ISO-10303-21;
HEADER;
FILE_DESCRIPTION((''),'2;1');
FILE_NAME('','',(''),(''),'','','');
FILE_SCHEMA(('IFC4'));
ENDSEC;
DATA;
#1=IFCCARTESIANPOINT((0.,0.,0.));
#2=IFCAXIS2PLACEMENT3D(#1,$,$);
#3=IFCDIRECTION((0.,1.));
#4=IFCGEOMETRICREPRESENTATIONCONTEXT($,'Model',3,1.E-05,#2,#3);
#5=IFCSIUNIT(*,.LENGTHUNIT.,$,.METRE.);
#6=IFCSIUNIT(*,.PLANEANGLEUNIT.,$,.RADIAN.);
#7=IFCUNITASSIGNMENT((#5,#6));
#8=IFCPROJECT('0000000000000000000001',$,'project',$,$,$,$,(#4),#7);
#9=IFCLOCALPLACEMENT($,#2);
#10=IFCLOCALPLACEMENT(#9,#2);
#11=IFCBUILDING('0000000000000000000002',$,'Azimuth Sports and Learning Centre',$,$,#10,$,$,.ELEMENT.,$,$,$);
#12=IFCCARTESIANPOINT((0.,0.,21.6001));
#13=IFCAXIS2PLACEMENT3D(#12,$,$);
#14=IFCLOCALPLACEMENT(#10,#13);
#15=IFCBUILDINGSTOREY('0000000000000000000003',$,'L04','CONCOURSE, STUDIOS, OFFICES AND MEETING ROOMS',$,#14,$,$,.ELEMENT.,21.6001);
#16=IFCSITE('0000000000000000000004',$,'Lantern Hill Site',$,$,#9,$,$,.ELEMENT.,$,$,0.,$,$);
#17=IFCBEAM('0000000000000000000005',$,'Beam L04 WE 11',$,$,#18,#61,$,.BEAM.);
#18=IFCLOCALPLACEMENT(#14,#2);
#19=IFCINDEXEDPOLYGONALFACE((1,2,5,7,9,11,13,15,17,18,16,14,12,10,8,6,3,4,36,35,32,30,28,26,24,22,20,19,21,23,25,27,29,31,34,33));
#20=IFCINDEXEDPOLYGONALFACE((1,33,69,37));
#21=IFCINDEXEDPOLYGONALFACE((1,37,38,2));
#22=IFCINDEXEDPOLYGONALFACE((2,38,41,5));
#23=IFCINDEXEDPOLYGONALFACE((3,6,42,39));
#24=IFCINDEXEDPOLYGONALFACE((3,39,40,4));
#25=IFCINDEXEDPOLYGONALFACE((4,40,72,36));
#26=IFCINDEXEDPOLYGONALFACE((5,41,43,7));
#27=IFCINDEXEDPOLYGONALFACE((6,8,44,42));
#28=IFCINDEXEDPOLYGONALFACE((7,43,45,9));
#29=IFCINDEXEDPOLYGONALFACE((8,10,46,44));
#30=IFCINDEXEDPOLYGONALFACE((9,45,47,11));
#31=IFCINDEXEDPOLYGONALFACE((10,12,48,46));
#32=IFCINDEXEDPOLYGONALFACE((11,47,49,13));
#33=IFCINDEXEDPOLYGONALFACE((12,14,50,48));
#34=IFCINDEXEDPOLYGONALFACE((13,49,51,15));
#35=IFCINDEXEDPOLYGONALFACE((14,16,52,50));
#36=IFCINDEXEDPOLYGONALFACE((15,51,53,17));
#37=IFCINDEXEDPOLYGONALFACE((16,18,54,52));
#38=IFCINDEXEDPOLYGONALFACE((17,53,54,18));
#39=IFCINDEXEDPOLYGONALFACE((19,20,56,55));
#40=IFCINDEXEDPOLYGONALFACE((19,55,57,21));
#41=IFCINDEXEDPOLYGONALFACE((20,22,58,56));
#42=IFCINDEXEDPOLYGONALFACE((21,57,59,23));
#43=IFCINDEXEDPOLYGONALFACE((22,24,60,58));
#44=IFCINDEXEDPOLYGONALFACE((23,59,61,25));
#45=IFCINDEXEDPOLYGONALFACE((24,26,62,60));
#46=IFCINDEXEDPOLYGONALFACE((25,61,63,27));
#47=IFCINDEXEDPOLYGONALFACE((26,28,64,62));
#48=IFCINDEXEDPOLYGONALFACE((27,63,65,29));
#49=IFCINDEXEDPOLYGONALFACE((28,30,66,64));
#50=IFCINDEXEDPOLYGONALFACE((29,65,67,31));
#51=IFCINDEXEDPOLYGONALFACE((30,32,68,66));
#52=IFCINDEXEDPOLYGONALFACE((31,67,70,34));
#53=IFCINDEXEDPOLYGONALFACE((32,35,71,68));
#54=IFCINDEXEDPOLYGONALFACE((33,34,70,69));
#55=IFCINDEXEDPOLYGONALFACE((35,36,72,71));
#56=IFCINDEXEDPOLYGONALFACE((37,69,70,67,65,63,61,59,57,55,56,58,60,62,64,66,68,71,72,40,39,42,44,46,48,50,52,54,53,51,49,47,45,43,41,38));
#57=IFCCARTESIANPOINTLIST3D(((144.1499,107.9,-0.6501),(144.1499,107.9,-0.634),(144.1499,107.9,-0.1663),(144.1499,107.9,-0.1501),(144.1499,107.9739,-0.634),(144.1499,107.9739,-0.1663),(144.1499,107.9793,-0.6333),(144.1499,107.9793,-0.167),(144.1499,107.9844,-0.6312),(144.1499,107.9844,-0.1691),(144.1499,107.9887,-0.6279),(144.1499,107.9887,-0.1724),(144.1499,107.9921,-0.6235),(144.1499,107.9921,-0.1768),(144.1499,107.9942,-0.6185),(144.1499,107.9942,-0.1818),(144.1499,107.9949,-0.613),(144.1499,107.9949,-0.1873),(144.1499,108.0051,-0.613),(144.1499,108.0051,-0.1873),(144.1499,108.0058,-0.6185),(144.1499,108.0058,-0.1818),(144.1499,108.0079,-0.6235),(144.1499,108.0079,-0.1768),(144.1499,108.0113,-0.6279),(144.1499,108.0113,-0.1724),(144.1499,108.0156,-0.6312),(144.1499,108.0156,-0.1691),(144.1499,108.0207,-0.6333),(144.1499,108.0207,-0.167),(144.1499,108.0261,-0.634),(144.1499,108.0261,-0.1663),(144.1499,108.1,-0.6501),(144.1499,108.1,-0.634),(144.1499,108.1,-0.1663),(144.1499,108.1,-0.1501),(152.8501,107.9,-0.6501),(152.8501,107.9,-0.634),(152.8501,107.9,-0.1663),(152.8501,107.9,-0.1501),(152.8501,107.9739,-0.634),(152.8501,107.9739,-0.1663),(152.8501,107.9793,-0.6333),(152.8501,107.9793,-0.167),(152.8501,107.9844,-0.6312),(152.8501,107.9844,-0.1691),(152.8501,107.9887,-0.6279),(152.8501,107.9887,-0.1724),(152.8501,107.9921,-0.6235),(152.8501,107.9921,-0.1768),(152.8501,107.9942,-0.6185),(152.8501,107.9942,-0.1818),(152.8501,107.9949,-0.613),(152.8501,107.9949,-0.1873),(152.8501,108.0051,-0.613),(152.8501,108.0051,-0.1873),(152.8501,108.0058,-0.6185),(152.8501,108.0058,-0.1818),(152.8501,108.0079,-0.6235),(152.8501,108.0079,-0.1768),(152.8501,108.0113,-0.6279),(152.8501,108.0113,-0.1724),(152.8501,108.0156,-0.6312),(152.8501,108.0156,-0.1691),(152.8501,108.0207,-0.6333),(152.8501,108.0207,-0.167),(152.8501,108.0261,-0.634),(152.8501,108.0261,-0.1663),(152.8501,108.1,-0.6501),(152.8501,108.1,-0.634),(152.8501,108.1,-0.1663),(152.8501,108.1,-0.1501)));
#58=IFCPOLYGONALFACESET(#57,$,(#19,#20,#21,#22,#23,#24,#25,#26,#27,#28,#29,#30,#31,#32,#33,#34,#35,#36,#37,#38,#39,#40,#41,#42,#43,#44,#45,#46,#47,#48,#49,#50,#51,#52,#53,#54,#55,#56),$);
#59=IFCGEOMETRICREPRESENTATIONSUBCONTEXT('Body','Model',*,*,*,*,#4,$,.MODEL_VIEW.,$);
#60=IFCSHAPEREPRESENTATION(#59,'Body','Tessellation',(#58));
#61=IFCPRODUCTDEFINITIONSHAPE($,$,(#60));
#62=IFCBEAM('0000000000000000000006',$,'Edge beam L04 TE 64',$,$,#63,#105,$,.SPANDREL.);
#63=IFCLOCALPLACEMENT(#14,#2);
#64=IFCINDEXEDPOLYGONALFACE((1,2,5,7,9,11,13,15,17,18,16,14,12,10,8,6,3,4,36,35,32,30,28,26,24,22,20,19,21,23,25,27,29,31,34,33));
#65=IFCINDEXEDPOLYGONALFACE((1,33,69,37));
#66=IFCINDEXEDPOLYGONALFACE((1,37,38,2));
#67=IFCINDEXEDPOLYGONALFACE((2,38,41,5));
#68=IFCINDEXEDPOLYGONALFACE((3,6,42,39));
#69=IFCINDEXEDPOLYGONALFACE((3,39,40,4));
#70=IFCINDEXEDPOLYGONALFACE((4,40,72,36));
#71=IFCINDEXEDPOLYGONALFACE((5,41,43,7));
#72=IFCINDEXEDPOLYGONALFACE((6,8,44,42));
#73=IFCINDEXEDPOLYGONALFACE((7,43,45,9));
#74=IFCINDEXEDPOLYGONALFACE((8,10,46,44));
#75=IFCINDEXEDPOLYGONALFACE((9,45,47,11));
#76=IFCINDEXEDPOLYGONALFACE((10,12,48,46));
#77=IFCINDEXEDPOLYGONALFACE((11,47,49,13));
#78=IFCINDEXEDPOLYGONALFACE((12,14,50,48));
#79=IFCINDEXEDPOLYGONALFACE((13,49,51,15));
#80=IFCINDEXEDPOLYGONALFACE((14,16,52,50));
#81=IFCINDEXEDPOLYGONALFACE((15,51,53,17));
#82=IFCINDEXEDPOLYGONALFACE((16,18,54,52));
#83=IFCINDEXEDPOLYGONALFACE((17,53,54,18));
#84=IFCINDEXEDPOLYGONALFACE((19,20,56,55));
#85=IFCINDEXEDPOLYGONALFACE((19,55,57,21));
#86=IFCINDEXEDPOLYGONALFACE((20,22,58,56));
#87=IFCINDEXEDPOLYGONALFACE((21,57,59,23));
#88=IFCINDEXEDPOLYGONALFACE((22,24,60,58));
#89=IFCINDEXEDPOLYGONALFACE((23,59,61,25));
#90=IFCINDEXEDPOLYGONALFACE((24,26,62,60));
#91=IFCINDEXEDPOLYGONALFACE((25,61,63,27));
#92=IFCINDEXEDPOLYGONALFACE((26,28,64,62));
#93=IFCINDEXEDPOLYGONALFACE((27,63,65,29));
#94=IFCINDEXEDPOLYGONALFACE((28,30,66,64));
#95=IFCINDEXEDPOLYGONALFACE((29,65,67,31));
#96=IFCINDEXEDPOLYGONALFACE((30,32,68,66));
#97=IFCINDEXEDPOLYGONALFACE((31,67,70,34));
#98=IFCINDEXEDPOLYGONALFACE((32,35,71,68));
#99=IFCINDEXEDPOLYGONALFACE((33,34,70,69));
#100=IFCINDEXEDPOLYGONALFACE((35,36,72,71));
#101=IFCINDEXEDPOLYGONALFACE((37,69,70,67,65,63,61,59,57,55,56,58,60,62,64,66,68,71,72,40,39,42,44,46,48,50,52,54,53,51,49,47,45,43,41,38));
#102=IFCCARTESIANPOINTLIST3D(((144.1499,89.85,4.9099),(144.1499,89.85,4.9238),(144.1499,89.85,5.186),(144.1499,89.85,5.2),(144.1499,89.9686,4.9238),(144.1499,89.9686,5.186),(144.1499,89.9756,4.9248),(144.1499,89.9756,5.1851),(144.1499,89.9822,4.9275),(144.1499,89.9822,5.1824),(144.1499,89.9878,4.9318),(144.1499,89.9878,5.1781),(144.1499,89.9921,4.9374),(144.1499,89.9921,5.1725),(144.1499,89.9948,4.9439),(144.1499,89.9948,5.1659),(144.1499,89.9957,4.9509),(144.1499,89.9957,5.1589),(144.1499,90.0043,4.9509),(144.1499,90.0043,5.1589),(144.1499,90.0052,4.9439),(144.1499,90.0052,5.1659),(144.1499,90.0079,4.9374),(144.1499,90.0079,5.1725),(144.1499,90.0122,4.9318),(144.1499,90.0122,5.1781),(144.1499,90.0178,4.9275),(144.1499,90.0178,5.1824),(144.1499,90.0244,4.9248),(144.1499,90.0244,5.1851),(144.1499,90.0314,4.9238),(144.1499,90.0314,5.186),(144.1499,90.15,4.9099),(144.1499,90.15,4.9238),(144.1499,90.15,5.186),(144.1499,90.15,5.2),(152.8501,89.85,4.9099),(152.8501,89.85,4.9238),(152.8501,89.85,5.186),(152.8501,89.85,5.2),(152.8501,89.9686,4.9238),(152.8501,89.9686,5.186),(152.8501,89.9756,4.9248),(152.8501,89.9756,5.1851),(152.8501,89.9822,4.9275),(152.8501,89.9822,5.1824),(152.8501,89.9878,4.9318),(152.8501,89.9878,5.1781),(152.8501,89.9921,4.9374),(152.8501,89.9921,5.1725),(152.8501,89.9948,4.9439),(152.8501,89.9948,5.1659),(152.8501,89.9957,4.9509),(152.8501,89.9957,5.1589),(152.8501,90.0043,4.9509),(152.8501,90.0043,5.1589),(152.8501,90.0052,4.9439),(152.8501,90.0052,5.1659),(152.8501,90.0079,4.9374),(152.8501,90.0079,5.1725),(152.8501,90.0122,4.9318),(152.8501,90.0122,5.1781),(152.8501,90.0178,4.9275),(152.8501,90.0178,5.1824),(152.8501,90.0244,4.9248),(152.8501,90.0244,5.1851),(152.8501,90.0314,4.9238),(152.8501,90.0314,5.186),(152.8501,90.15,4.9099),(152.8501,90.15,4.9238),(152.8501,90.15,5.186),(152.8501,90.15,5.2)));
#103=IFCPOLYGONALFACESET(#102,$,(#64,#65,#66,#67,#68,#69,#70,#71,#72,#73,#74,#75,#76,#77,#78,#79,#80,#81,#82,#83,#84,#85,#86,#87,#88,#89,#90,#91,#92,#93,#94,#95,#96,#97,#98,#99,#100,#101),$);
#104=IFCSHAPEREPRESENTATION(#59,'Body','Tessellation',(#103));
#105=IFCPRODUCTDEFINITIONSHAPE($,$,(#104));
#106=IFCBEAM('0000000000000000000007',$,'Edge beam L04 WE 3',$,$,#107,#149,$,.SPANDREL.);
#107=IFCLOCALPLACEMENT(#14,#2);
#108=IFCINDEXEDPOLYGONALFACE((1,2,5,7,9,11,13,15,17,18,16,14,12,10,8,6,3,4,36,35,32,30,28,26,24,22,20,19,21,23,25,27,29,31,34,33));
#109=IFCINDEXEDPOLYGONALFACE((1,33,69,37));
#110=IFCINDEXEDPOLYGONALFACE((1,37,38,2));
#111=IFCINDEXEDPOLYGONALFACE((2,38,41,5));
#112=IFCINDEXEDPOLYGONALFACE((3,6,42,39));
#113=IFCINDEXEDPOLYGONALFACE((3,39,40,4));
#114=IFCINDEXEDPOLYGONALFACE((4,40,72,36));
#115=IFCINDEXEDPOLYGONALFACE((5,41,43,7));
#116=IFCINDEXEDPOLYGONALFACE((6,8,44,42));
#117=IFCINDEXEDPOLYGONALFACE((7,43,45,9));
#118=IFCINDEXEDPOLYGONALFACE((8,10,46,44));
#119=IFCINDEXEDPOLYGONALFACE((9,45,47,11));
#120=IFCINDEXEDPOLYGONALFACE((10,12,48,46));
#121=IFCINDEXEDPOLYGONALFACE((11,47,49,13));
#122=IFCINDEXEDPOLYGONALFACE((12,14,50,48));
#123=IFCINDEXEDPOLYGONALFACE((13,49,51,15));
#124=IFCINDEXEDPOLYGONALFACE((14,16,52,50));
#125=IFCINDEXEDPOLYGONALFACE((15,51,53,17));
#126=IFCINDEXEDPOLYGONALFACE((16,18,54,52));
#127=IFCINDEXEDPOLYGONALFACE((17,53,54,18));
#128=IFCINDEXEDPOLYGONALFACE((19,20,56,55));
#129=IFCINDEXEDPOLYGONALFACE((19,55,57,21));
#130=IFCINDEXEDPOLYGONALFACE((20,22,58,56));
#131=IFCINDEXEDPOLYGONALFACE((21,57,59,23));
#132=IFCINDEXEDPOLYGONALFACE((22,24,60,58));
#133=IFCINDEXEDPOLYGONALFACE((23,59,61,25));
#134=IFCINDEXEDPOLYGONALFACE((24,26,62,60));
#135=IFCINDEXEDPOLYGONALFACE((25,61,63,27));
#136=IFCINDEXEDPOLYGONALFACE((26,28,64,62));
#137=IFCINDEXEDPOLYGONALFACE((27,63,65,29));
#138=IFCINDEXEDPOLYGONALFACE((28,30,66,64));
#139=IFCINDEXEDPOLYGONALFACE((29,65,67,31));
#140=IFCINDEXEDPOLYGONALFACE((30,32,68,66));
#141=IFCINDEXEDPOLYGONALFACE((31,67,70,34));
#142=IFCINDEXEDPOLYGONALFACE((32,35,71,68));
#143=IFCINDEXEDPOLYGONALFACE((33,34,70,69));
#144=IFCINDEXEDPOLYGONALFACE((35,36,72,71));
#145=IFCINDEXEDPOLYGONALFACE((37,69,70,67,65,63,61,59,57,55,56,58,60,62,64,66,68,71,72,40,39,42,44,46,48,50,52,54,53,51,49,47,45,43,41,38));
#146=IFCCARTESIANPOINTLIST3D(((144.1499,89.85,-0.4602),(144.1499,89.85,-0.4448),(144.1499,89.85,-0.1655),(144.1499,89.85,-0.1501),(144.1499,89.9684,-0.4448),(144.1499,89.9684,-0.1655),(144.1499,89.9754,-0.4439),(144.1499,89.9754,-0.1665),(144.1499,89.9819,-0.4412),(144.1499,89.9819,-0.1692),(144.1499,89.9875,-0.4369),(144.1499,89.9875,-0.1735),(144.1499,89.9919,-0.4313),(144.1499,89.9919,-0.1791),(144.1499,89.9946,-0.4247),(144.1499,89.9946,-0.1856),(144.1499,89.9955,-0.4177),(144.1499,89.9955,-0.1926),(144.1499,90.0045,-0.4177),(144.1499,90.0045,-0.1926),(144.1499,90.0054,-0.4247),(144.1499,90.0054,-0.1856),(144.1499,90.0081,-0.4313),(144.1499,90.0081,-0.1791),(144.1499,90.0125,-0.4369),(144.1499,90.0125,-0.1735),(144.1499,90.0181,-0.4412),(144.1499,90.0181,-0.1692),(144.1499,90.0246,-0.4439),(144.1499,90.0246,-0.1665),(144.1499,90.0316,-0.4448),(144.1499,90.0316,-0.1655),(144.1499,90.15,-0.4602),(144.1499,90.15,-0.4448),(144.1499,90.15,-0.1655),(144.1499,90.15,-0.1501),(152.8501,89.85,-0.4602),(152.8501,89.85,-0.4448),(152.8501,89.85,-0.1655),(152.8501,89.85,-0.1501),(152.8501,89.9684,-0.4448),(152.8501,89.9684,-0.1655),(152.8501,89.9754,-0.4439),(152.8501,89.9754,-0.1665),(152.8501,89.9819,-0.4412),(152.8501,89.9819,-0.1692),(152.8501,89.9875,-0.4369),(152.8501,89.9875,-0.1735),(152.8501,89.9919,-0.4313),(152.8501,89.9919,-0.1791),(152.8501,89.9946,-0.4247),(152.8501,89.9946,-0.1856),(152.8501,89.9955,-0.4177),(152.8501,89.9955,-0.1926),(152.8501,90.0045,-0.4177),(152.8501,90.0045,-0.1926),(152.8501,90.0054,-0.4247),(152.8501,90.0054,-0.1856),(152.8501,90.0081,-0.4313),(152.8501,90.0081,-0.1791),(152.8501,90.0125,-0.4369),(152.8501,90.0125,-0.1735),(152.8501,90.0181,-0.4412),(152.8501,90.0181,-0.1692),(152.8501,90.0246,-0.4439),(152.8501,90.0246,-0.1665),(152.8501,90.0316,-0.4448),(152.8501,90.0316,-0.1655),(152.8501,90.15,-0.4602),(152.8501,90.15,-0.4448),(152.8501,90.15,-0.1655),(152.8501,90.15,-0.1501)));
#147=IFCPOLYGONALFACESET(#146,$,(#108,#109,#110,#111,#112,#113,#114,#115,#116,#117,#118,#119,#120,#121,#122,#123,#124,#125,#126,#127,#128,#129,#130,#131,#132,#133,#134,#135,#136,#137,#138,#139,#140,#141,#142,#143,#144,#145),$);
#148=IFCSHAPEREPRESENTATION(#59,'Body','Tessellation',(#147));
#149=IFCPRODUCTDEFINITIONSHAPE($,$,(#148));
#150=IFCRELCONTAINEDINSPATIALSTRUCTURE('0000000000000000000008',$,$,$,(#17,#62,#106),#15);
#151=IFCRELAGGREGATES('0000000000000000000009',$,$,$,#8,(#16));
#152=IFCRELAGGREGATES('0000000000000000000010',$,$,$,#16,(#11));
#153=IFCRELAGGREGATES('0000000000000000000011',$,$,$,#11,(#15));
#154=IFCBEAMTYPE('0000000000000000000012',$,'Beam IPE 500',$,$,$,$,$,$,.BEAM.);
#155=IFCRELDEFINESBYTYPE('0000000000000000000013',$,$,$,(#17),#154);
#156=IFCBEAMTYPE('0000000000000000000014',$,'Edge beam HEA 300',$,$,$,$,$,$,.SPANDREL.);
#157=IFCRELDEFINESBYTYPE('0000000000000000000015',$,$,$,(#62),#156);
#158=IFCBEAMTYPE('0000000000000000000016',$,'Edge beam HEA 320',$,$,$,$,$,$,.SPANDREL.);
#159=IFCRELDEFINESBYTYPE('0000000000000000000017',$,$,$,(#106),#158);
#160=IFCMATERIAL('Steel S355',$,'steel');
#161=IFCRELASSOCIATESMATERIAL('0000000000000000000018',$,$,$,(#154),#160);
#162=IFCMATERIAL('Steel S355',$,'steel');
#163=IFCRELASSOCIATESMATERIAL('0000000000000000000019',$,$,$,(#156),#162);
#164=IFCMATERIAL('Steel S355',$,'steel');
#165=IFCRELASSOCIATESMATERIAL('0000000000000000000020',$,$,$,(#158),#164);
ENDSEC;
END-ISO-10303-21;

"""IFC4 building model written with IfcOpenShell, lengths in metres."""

from ifc_helpers import new_model, si_unit, direction, frame, origin, origin_2d, place, context, subcontext, project, spatial, i_section, extrude, material, material_profile, profile_set, type_object, element, save


model = new_model("IFC4")

# Units and contexts
model_context = context("Model", 3, precision=1e-05, world=origin(), true_north=direction((0.0, 1.0)))
body_context = subcontext(model_context, "Body", "Model", "MODEL_VIEW")
ifc_project = project(units=[si_unit("LENGTHUNIT", "METRE"), si_unit("PLANEANGLEUNIT", "RADIAN")], contexts=[model_context])

# Site, building, storey
site_placement = place(None, origin())
site = spatial("IfcSite", under=ifc_project, at=site_placement, Name="Lantern Hill Site", CompositionType="ELEMENT", RefElevation=0.0)
building_placement = place(site_placement, origin())
building = spatial("IfcBuilding", under=site, at=building_placement, Name="Azimuth Sports and Learning Centre", CompositionType="ELEMENT")
storey_placement = place(building_placement, frame((0.0, 0.0, 21.6001)))
storey = spatial("IfcBuildingStorey", under=building, at=storey_placement, Name="L04", Description="CONCOURSE, STUDIOS, OFFICES AND MEETING ROOMS", CompositionType="ELEMENT", Elevation=21.6001)

# Beams
ifc_material_1 = material(Name="Steel S355", Category="steel")
ifc_material_profile_1 = material_profile(ifc_material_1, i_section(OverallWidth=0.2, OverallDepth=0.5, WebThickness=0.0103, FlangeThickness=0.0161, FilletRadius=0.021, at=origin_2d()), Name="IPE 500")
ifc_profile_set_1 = profile_set([ifc_material_profile_1], Name="Steel S355")
beam_type_1 = type_object("IfcBeamType", Name="Beam IPE 500", PredefinedType="BEAM", material=ifc_profile_set_1)
for number, where, z_axis, x_axis, name in (
    (1, (144.1499, 108.0, -0.4001), (1.0, 0.0, 0.0), (0.0, 1.0, 0.0), "Beam L04 WE 11"),
):
    element("IfcBeam", number, at=place(storey_placement, frame(where, z_axis=z_axis, x_axis=x_axis)), inside=storey, type_object=beam_type_1, Name=name, PredefinedType="BEAM", context=body_context, shape_type="SweptSolid", body=[
        extrude(i_section(OverallWidth=0.2, OverallDepth=0.5, WebThickness=0.0103, FlangeThickness=0.0161, FilletRadius=0.021, at=origin_2d()), origin(), (0.0, 0.0, 1.0), 8.7002),
    ])
ifc_material_2 = material(Name="Steel S355", Category="steel")
ifc_material_profile_2 = material_profile(ifc_material_2, i_section(OverallWidth=0.3, OverallDepth=0.29, WebThickness=0.0085, FlangeThickness=0.0139, FilletRadius=0.0271, at=origin_2d()), Name="HEA 300")
ifc_profile_set_2 = profile_set([ifc_material_profile_2], Name="Steel S355")
beam_type_2 = type_object("IfcBeamType", Name="Edge beam HEA 300", PredefinedType="SPANDREL", material=ifc_profile_set_2)
beam_1_placement = place(storey_placement, frame((144.1499, 90.0, 5.0549), z_axis=(1.0, 0.0, 0.0), x_axis=(0.0, 1.0, 0.0)))
element("IfcBeam", 2, at=beam_1_placement, inside=storey, type_object=beam_type_2, Name="Edge beam L04 TE 64", PredefinedType="SPANDREL", context=body_context, shape_type="SweptSolid", body=[
    extrude(i_section(OverallWidth=0.3, OverallDepth=0.29, WebThickness=0.0085, FlangeThickness=0.0139, FilletRadius=0.0271, at=origin_2d()), origin(), (0.0, 0.0, 1.0), 8.7002),
])
ifc_material_3 = material(Name="Steel S355", Category="steel")
ifc_material_profile_3 = material_profile(ifc_material_3, i_section(OverallWidth=0.3, OverallDepth=0.3101, WebThickness=0.009, FlangeThickness=0.0154, FilletRadius=0.0271, at=origin_2d()), Name="HEA 320")
ifc_profile_set_3 = profile_set([ifc_material_profile_3], Name="Steel S355")
beam_type_3 = type_object("IfcBeamType", Name="Edge beam HEA 320", PredefinedType="SPANDREL", material=ifc_profile_set_3)
beam_2_placement = place(storey_placement, frame((144.1499, 90.0, -0.3052), z_axis=(1.0, 0.0, 0.0), x_axis=(0.0, 1.0, 0.0)))
element("IfcBeam", 3, at=beam_2_placement, inside=storey, type_object=beam_type_3, Name="Edge beam L04 WE 3", PredefinedType="SPANDREL", context=body_context, shape_type="SweptSolid", body=[
    extrude(i_section(OverallWidth=0.3, OverallDepth=0.3101, WebThickness=0.009, FlangeThickness=0.0154, FilletRadius=0.0271, at=origin_2d()), origin(), (0.0, 0.0, 1.0), 8.7002),
])

save(model, "model.ifc")
